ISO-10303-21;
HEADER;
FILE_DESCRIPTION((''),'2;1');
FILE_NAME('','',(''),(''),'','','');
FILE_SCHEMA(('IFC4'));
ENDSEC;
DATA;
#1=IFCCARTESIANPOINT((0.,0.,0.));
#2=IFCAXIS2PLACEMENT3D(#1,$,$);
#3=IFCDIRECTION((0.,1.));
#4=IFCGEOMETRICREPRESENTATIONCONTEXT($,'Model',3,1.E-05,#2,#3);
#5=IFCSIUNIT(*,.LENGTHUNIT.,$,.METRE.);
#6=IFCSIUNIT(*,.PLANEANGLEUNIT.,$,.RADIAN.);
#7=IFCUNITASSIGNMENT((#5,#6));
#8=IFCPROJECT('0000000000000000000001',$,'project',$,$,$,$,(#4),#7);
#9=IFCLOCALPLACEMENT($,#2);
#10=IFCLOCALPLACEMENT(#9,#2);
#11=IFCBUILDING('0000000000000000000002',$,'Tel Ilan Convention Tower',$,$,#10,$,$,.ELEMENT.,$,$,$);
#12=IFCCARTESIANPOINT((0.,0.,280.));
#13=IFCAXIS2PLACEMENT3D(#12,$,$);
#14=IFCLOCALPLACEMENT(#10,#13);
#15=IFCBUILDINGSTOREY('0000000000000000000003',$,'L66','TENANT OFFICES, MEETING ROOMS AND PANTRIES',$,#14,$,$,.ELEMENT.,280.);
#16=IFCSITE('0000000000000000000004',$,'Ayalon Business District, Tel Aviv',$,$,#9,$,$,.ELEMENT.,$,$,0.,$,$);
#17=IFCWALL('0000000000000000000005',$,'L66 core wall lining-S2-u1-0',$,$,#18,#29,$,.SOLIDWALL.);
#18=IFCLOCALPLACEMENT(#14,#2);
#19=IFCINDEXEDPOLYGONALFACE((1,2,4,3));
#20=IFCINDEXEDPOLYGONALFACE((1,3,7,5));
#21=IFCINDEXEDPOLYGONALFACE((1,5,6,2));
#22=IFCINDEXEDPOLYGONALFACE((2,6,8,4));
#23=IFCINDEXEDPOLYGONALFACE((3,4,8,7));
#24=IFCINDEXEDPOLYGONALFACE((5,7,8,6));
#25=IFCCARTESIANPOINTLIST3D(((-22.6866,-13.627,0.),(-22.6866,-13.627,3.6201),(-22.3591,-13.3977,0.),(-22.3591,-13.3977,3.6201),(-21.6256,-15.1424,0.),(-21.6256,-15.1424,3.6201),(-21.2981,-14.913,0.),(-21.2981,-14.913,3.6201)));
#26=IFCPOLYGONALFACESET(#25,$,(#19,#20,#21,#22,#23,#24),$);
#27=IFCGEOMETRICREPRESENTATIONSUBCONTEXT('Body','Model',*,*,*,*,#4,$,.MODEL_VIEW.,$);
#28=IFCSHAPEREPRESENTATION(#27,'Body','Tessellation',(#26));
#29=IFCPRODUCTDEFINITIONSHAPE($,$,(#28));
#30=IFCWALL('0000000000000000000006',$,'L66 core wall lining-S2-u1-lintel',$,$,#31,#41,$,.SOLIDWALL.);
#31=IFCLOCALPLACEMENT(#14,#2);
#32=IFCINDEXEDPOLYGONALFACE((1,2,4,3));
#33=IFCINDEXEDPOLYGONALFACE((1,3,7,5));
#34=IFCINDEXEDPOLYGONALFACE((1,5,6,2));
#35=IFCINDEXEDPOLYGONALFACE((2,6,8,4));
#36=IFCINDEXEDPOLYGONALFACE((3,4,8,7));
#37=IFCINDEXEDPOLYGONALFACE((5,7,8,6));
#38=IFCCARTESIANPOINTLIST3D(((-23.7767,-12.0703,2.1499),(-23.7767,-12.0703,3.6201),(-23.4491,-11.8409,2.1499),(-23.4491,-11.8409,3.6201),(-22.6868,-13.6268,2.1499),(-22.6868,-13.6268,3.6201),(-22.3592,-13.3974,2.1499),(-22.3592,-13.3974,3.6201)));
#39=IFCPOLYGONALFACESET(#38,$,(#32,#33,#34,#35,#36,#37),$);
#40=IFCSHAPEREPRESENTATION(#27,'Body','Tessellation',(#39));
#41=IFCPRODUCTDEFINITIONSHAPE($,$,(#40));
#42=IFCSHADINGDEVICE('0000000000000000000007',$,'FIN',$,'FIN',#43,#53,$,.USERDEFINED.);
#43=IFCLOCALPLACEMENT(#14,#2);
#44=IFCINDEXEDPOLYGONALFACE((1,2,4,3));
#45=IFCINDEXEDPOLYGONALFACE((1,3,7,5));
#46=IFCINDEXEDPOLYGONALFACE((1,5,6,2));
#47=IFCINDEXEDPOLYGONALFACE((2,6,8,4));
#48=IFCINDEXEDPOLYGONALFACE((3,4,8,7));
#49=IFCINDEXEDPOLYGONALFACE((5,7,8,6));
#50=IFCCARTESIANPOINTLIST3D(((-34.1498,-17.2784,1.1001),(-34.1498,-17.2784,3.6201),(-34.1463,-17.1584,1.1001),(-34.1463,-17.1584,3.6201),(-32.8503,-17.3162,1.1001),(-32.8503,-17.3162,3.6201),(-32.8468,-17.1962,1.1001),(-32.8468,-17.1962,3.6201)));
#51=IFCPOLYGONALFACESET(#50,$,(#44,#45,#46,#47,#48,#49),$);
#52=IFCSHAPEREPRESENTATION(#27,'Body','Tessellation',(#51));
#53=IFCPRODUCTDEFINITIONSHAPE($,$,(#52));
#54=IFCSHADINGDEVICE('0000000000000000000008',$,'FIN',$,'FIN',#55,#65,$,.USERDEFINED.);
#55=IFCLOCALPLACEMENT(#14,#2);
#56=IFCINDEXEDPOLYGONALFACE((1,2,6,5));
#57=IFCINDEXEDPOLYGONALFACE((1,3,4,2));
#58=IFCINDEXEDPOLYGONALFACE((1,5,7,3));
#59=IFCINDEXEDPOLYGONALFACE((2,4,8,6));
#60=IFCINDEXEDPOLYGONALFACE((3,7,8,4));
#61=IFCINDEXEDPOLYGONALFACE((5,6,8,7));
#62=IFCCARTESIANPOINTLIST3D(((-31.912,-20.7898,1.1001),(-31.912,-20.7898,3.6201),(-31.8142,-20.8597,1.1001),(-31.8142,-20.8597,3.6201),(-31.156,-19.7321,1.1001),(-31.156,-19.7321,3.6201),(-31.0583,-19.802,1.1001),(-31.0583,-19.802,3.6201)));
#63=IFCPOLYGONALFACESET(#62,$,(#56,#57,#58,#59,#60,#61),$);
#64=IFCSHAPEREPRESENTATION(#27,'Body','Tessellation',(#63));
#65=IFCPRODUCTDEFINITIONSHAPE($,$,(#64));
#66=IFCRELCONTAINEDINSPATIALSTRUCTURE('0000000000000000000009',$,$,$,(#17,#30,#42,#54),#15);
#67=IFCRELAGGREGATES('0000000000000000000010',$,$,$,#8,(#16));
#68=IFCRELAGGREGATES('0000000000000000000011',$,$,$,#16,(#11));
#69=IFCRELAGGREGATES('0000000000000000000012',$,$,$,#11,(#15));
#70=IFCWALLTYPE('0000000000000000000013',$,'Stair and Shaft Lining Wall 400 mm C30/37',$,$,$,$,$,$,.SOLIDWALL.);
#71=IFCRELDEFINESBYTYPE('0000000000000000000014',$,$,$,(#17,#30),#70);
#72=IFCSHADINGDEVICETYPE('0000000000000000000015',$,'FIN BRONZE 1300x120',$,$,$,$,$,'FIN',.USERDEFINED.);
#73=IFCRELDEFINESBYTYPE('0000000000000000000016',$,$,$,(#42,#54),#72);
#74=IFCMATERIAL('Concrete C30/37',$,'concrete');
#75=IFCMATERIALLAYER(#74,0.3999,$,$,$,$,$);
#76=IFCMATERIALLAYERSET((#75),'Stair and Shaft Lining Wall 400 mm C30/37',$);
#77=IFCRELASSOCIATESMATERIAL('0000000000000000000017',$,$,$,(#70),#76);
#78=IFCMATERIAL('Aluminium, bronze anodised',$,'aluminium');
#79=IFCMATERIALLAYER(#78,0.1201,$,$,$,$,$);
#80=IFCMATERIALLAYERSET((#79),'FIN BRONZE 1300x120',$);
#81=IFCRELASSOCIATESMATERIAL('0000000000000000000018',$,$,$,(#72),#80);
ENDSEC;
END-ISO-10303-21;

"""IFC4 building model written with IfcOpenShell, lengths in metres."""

from ifc_helpers import new_model, si_unit, direction, frame, frame_2d, origin, origin_2d, place, context, subcontext, project, spatial, rectangle, extrude, material, layer, layer_set, type_object, element, save


model = new_model("IFC4")

# Units and contexts
model_context = context("Model", 3, precision=1e-05, world=origin(), true_north=direction((0.0, 1.0)))
body_context = subcontext(model_context, "Body", "Model", "MODEL_VIEW")
ifc_project = project(units=[si_unit("LENGTHUNIT", "METRE"), si_unit("PLANEANGLEUNIT", "RADIAN")], contexts=[model_context])

# Site, building, storey
site_placement = place(None, origin())
site = spatial("IfcSite", under=ifc_project, at=site_placement, Name="Ayalon Business District, Tel Aviv", CompositionType="ELEMENT", RefElevation=0.0)
building_placement = place(site_placement, origin())
building = spatial("IfcBuilding", under=site, at=building_placement, Name="Tel Ilan Convention Tower", CompositionType="ELEMENT")
storey_placement = place(building_placement, frame((0.0, 0.0, 280.0)))
storey = spatial("IfcBuildingStorey", under=building, at=storey_placement, Name="L66", Description="TENANT OFFICES, MEETING ROOMS AND PANTRIES", CompositionType="ELEMENT", Elevation=280.0)

# Walls
ifc_material_1 = material(Name="Concrete C30/37", Category="concrete")
ifc_layer_1 = layer(ifc_material_1, 0.3999)
ifc_layer_set_1 = layer_set([ifc_layer_1], Name="Stair and Shaft Lining Wall 400 mm C30/37")
wall_type_1 = type_object("IfcWallType", Name="Stair and Shaft Lining Wall 400 mm C30/37", PredefinedType="SOLIDWALL", material=ifc_layer_set_1)
wall_1_placement = place(storey_placement, frame((-21.4619, -15.0276, 0.0), z_axis=(0.0, 0.0, 1.0), x_axis=(-0.57356, 0.819164, 0.0)))
element("IfcWall", 1, at=wall_1_placement, inside=storey, type_object=wall_type_1, Name="L66 core wall lining-S2-u1-0", PredefinedType="SOLIDWALL", context=body_context, shape_type="SweptSolid", body=[
    extrude(rectangle(XDim=1.8499, YDim=0.3999, at=frame_2d((0.9248, 0.0))), origin(), (0.0, 0.0, 1.0), 3.6201),
])
wall_2_placement = place(storey_placement, frame((-22.5229, -13.5122, 2.1499), z_axis=(0.0, 0.0, 1.0), x_axis=(-0.573592, 0.819141, 0.0)))
element("IfcWall", 2, at=wall_2_placement, inside=storey, type_object=wall_type_1, Name="L66 core wall lining-S2-u1-lintel", PredefinedType="SOLIDWALL", context=body_context, shape_type="SweptSolid", body=[
    extrude(rectangle(XDim=1.9001, YDim=0.3999, at=frame_2d((0.9502, 0.0))), origin(), (0.0, 0.0, 1.0), 1.4702),
])

# Shading devices
ifc_material_2 = material(Name="Aluminium, bronze anodised", Category="aluminium")
ifc_layer_2 = layer(ifc_material_2, 0.1201)
ifc_layer_set_2 = layer_set([ifc_layer_2], Name="FIN BRONZE 1300x120")
shading_device_type = type_object("IfcShadingDeviceType", Name="FIN BRONZE 1300x120", ElementType="FIN", PredefinedType="USERDEFINED", material=ifc_layer_set_2)
for number, where, z_axis, x_axis, name in (
    (3, (-33.4983, -17.2373, 1.1001), (0.0, 0.0, 1.0), (-0.999577, 0.029085, 0.0), "FIN"),
    (4, (-31.4851, -20.2959, 1.1001), (0.0, 0.0, 1.0), (-0.581492, -0.813552, 0.0), "FIN"),
):
    element("IfcShadingDevice", number, at=place(storey_placement, frame(where, z_axis=z_axis, x_axis=x_axis)), inside=storey, type_object=shading_device_type, Name=name, ObjectType="FIN", PredefinedType="USERDEFINED", context=body_context, shape_type="SweptSolid", body=[
        extrude(rectangle(XDim=1.3, YDim=0.1201, at=origin_2d()), origin(), (0.0, 0.0, 1.0), 2.52),
    ])

save(model, "model.ifc")
